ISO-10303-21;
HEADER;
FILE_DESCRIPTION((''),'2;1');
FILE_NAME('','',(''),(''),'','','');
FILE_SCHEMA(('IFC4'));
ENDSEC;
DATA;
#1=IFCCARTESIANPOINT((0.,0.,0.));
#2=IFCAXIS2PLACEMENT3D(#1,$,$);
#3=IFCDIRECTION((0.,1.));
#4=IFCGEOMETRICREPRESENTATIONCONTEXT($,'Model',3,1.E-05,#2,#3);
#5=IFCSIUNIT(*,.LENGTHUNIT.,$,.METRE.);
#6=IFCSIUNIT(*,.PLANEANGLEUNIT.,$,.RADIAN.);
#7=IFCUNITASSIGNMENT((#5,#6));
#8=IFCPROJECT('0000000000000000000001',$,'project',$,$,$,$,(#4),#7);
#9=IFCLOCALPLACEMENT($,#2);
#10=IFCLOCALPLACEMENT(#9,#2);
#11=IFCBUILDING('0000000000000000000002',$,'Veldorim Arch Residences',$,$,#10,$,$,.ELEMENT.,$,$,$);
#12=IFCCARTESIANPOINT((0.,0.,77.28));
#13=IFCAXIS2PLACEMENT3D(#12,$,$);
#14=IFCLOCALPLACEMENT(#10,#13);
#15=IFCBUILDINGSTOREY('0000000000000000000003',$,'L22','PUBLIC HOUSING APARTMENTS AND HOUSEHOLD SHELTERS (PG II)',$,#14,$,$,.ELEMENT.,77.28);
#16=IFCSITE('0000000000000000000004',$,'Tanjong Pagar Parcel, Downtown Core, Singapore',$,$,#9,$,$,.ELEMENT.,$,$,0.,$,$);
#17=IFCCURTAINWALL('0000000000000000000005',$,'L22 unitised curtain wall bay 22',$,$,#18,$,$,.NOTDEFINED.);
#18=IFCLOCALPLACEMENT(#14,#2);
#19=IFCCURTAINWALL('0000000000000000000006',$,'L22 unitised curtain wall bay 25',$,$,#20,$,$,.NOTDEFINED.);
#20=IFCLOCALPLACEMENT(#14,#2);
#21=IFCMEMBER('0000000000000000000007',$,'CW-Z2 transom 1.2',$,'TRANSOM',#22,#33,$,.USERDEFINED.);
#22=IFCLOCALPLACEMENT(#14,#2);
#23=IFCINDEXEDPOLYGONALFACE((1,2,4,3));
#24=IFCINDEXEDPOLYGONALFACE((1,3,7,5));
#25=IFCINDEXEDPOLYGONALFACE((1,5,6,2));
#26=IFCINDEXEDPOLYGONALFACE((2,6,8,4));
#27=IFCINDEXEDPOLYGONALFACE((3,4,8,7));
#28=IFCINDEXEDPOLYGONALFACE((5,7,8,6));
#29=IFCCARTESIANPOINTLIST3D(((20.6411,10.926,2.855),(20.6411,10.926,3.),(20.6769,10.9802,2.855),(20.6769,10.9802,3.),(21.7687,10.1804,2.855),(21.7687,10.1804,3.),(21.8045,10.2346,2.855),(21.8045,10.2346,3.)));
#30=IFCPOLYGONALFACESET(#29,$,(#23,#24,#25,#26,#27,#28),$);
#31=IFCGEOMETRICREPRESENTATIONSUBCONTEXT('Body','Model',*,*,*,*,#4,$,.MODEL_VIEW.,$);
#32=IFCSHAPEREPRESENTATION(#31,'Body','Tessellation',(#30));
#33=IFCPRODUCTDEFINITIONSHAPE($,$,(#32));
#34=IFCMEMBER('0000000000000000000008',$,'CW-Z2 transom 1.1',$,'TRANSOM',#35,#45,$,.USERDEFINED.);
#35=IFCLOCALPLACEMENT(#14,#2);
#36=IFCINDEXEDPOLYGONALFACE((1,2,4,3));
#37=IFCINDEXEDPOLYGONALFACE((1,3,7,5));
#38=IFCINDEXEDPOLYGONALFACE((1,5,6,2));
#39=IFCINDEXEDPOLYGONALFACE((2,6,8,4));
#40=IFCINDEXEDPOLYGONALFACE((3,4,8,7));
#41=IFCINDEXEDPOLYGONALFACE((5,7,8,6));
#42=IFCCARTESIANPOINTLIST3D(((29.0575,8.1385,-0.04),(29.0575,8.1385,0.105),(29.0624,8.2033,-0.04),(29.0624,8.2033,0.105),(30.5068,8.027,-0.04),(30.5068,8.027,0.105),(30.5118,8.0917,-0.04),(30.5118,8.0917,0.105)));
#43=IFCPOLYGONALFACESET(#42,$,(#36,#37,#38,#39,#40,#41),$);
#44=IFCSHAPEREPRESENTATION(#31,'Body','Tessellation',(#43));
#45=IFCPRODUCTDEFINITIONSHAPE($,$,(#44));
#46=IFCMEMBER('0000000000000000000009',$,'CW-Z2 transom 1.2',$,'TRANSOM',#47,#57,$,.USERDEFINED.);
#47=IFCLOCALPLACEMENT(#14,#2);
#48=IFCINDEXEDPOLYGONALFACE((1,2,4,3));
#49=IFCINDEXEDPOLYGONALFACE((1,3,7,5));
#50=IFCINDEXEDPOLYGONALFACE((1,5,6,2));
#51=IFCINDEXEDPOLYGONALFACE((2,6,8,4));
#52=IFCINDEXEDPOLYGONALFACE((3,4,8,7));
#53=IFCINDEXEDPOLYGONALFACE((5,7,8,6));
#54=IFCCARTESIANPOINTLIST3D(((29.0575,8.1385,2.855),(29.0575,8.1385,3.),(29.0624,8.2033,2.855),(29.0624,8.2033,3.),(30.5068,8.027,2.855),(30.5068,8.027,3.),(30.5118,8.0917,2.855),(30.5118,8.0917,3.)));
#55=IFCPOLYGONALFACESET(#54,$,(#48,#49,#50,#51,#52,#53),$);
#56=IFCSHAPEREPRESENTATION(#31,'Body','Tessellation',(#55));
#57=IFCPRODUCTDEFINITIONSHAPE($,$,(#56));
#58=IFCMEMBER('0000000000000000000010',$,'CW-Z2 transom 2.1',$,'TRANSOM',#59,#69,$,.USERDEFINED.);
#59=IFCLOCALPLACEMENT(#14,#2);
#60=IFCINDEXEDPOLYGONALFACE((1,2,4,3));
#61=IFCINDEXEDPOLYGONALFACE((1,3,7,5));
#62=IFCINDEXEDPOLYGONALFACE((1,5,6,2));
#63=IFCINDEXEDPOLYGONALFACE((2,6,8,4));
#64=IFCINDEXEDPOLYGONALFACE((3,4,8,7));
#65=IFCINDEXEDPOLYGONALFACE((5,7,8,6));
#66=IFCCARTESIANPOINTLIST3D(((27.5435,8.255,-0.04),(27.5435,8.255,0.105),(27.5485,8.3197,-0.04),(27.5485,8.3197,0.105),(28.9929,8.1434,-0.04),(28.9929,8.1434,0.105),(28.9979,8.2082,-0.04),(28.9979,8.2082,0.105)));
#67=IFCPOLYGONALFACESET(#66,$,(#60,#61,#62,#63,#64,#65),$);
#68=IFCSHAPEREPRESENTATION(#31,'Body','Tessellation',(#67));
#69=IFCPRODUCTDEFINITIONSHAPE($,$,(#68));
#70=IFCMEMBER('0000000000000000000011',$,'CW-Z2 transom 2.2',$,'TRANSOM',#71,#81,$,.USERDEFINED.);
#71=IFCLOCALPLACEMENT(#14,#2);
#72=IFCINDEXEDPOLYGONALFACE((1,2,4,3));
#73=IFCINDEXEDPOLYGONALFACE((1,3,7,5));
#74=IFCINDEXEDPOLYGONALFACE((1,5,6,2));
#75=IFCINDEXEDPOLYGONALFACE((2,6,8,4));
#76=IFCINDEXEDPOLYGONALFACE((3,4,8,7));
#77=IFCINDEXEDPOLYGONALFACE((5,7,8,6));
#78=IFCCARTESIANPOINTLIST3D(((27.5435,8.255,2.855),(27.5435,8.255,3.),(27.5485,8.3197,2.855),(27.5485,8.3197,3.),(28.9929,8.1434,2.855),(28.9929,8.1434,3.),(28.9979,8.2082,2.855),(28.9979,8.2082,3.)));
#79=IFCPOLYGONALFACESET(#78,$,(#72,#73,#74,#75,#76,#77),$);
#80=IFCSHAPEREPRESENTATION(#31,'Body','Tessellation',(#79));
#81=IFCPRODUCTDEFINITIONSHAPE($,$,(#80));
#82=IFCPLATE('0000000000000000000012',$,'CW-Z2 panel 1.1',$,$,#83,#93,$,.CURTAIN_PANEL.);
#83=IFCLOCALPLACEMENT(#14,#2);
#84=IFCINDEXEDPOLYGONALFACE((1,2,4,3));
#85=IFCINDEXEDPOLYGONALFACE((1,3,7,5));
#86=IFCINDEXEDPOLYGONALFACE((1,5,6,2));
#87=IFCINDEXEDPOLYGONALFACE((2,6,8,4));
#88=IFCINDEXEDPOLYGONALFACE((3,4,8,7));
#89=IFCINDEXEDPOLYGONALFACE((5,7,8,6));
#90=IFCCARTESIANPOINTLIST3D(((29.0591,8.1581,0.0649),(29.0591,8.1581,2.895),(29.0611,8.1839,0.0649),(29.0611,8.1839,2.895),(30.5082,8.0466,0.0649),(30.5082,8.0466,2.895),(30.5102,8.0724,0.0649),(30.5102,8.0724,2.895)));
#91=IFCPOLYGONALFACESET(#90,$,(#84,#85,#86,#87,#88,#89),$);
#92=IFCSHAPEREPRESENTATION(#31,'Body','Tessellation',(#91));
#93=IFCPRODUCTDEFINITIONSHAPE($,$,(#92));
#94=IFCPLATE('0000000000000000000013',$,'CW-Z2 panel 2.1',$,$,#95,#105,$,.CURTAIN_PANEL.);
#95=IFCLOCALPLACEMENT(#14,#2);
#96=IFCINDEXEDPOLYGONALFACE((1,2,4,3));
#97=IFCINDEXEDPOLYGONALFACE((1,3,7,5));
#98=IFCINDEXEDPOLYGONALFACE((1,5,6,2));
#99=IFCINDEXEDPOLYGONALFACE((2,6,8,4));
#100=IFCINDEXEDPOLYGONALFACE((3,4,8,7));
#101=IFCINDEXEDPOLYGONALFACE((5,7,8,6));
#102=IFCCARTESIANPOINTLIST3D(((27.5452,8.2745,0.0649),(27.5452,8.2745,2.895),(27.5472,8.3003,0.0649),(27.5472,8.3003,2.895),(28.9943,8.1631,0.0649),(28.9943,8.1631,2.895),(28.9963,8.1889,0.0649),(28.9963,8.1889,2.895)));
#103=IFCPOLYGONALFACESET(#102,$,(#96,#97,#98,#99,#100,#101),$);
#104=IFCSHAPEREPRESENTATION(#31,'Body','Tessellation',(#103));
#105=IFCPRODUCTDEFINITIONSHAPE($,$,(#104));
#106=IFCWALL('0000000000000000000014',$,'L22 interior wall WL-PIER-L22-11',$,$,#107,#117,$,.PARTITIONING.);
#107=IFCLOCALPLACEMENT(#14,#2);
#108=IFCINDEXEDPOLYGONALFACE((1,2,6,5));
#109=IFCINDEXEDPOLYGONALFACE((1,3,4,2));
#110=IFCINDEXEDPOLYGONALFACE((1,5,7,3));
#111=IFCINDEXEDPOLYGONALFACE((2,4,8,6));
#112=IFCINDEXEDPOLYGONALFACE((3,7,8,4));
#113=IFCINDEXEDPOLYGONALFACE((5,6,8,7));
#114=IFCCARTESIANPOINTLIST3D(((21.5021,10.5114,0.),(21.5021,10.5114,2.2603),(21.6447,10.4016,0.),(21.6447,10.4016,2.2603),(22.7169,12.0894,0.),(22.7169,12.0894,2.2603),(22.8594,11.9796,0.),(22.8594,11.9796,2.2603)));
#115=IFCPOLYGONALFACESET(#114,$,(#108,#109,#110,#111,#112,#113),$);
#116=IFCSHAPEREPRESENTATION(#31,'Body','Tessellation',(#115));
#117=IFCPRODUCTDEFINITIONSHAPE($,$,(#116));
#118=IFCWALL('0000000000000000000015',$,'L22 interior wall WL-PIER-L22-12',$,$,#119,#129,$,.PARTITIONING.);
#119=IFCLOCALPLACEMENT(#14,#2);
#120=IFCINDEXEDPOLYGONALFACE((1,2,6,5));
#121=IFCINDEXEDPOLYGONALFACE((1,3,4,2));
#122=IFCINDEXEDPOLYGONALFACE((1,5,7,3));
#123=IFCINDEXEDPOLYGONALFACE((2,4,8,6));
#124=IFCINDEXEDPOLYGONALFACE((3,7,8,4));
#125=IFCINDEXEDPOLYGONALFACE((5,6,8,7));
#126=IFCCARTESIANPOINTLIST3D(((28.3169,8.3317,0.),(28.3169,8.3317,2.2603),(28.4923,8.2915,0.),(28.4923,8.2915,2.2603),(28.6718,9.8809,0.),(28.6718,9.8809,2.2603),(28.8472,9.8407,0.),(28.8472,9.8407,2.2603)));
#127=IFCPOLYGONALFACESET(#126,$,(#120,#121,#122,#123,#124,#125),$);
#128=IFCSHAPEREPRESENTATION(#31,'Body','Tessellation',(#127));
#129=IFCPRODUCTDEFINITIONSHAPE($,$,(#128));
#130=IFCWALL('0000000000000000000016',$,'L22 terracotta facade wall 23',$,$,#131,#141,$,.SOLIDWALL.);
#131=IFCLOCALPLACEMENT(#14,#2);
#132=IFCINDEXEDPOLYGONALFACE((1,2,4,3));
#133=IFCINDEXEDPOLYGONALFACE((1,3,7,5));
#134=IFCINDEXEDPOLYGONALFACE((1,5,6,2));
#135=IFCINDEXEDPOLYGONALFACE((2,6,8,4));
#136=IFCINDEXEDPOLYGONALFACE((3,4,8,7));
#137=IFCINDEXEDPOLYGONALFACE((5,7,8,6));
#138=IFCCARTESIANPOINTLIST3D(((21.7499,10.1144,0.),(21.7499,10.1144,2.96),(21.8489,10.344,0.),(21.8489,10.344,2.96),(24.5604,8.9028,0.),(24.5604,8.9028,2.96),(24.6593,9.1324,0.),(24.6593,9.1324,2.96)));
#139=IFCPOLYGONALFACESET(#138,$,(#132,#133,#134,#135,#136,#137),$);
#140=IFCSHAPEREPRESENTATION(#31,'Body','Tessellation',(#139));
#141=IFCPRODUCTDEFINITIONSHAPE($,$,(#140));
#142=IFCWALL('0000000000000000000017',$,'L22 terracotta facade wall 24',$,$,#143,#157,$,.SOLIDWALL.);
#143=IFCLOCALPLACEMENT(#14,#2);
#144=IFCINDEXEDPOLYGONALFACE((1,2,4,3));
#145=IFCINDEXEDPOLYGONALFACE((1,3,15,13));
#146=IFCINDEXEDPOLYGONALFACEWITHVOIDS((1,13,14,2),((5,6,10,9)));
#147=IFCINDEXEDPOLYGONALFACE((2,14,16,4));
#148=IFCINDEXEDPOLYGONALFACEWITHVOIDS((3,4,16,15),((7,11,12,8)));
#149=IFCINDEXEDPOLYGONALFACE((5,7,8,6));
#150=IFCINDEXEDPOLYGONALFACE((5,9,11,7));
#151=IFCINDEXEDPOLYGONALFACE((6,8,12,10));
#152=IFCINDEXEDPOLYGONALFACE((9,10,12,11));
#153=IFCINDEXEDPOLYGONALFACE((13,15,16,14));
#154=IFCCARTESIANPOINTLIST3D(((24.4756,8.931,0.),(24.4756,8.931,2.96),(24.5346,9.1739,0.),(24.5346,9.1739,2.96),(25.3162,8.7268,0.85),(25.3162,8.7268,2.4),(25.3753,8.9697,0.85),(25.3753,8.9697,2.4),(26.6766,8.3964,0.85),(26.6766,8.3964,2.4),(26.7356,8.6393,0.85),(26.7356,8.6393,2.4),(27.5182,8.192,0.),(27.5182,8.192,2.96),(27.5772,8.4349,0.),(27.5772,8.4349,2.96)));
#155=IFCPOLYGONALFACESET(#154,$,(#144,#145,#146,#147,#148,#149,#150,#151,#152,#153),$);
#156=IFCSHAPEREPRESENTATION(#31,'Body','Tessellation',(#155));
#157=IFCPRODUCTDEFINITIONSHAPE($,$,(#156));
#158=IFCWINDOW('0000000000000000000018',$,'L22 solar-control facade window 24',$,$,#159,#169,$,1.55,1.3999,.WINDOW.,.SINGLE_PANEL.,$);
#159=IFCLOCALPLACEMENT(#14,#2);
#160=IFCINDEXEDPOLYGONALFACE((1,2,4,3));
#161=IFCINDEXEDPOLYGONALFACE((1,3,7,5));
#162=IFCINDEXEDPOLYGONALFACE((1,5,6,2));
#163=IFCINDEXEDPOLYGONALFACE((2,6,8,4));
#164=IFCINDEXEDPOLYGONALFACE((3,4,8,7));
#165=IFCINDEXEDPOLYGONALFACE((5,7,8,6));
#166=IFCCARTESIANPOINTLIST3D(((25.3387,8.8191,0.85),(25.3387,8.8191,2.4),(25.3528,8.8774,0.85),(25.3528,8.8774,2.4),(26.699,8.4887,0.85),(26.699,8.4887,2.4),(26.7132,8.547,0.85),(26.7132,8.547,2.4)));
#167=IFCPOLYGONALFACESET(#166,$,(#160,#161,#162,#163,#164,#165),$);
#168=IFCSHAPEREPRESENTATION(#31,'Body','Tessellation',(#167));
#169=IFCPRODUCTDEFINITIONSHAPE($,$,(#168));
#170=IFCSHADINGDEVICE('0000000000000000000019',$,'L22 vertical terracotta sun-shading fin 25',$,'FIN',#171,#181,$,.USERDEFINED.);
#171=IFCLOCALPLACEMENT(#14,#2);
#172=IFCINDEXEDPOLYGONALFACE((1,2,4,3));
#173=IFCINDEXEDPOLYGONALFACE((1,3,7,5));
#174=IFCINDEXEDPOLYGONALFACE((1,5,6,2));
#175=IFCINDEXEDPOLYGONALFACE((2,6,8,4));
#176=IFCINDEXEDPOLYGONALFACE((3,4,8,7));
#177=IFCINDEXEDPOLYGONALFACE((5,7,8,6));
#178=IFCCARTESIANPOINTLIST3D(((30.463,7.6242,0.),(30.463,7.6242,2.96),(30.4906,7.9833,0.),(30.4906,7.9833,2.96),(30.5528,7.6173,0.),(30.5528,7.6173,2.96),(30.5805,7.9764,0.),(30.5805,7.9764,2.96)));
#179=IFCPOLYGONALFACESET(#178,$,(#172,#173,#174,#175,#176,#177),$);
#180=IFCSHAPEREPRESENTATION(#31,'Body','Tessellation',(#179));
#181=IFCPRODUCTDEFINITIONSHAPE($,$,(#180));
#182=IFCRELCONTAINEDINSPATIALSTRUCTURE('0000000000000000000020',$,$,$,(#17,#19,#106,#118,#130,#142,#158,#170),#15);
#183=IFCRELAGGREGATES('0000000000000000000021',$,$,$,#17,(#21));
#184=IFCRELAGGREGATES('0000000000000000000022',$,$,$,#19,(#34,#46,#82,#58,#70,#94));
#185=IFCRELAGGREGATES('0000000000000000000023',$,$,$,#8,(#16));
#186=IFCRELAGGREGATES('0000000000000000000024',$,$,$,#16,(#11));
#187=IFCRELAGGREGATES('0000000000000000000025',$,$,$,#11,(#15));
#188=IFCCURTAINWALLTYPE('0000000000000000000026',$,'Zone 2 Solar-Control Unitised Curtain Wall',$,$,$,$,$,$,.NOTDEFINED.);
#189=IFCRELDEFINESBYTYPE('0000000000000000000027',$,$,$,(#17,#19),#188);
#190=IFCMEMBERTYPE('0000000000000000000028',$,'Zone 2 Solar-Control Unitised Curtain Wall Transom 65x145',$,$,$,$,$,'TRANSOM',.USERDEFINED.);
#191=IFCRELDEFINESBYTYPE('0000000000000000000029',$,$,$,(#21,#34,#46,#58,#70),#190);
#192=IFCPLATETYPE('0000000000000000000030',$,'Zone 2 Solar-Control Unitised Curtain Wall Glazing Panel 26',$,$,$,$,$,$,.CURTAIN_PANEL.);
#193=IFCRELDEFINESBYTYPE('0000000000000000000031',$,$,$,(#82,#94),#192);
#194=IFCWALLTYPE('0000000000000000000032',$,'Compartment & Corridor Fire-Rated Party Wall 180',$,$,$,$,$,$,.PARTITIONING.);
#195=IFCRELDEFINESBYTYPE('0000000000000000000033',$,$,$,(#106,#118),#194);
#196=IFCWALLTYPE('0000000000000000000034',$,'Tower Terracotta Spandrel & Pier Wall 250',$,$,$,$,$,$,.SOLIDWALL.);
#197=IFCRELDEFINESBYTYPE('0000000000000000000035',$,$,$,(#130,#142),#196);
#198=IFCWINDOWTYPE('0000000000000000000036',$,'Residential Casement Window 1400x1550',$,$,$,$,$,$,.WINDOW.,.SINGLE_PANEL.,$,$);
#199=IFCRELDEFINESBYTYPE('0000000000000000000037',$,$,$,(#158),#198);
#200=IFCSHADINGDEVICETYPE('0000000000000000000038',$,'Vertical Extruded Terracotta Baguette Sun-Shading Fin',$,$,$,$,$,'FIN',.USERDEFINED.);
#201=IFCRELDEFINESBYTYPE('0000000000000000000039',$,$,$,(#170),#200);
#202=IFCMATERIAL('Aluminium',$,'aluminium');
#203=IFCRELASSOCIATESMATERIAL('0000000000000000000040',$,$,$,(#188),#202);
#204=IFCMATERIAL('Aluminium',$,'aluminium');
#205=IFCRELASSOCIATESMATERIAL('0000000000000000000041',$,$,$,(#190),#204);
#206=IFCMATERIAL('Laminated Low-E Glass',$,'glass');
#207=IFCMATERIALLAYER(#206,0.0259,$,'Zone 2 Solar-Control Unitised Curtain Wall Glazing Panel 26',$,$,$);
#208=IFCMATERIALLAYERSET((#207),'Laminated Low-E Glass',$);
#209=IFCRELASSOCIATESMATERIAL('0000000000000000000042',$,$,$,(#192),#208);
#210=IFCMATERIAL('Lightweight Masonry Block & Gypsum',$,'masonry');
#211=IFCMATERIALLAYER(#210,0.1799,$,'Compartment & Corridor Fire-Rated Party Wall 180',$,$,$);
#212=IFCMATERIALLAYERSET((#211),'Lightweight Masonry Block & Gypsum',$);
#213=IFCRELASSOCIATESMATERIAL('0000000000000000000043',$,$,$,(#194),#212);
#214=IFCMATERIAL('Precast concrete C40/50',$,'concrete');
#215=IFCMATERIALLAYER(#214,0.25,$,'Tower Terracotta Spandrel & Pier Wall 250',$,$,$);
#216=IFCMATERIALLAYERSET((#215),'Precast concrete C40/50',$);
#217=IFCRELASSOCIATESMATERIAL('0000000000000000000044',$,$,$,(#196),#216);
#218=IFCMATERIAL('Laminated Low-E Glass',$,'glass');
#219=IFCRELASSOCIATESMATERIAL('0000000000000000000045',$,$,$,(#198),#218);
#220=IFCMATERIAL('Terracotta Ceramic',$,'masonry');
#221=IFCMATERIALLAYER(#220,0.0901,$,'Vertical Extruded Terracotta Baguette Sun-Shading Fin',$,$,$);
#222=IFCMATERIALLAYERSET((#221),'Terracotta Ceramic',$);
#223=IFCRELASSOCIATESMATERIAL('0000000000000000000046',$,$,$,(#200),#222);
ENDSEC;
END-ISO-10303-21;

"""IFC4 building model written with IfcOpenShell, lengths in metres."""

from ifc_helpers import new_model, si_unit, direction, frame, frame_2d, origin, origin_2d, place, context, subcontext, project, spatial, rectangle, extrude, material, layer, layer_set, material_profile, profile_set, type_object, element, fill, aggregate, save


model = new_model("IFC4")

# Units and contexts
model_context = context("Model", 3, precision=1e-05, world=origin(), true_north=direction((0.0, 1.0)))
body_context = subcontext(model_context, "Body", "Model", "MODEL_VIEW")
ifc_project = project(units=[si_unit("LENGTHUNIT", "METRE"), si_unit("PLANEANGLEUNIT", "RADIAN")], contexts=[model_context])

# Site, building, storey
site_placement = place(None, origin())
site = spatial("IfcSite", under=ifc_project, at=site_placement, Name="Tanjong Pagar Parcel, Downtown Core, Singapore", CompositionType="ELEMENT", RefElevation=0.0)
building_placement = place(site_placement, origin())
building = spatial("IfcBuilding", under=site, at=building_placement, Name="Veldorim Arch Residences", CompositionType="ELEMENT")
storey_placement = place(building_placement, frame((0.0, 0.0, 77.28)))
storey = spatial("IfcBuildingStorey", under=building, at=storey_placement, Name="L22", Description="PUBLIC HOUSING APARTMENTS AND HOUSEHOLD SHELTERS (PG II)", CompositionType="ELEMENT", Elevation=77.28)

# Curtain wall
ifc_material_1 = material(Name="Aluminium", Category="aluminium")
curtain_wall_type = type_object("IfcCurtainWallType", Name="Zone 2 Solar-Control Unitised Curtain Wall", PredefinedType="NOTDEFINED", material=ifc_material_1)
curtain_wall_1_placement = place(storey_placement, origin())
curtain_wall_1 = element("IfcCurtainWall", 1, at=curtain_wall_1_placement, inside=storey, type_object=curtain_wall_type, Name="L22 unitised curtain wall bay 22", PredefinedType="NOTDEFINED")

# Curtain wall
curtain_wall_2_placement = place(storey_placement, origin())
curtain_wall_2 = element("IfcCurtainWall", 2, at=curtain_wall_2_placement, inside=storey, type_object=curtain_wall_type, Name="L22 unitised curtain wall bay 25", PredefinedType="NOTDEFINED")

# Members
ifc_material_2 = material(Name="Aluminium", Category="aluminium")
ifc_material_profile_1 = material_profile(ifc_material_2, rectangle(XDim=0.0649, YDim=0.145, at=origin_2d()), Name="ALU_TRN_65x145")
ifc_profile_set_1 = profile_set([ifc_material_profile_1], Name="Aluminium")
member_type_1 = type_object("IfcMemberType", Name="Zone 2 Solar-Control Unitised Curtain Wall Transom 65x145", ElementType="TRANSOM", PredefinedType="USERDEFINED", material=ifc_profile_set_1)
member_1_placement = place(storey_placement, frame((21.7866, 10.2075, 2.9275), z_axis=(-0.834156, 0.551529, 0.0), x_axis=(-0.551529, -0.834156, 0.0)))
member_1 = element("IfcMember", 3, at=member_1_placement, type_object=member_type_1, Name="CW-Z2 transom 1.2", ObjectType="TRANSOM", PredefinedType="USERDEFINED", context=body_context, shape_type="SweptSolid", body=[
    extrude(rectangle(XDim=0.0649, YDim=0.145, at=origin_2d()), origin(), (0.0, 0.0, 1.0), 1.3518),
])
aggregate(curtain_wall_1, [member_1])
member_2_placement = place(storey_placement, frame((30.5093, 8.0593, 0.0325), z_axis=(-0.99705, 0.076761, 0.0), x_axis=(-0.076761, -0.99705, 0.0)))
member_2 = element("IfcMember", 4, at=member_2_placement, type_object=member_type_1, Name="CW-Z2 transom 1.1", ObjectType="TRANSOM", PredefinedType="USERDEFINED", context=body_context, shape_type="SweptSolid", body=[
    extrude(rectangle(XDim=0.0649, YDim=0.145, at=origin_2d()), origin(), (0.0, 0.0, 1.0), 1.4536),
])
member_3_placement = place(storey_placement, frame((30.5093, 8.0593, 2.9275), z_axis=(-0.99705, 0.076761, 0.0), x_axis=(-0.076761, -0.99705, 0.0)))
member_3 = element("IfcMember", 5, at=member_3_placement, type_object=member_type_1, Name="CW-Z2 transom 1.2", ObjectType="TRANSOM", PredefinedType="USERDEFINED", context=body_context, shape_type="SweptSolid", body=[
    extrude(rectangle(XDim=0.0649, YDim=0.145, at=origin_2d()), origin(), (0.0, 0.0, 1.0), 1.4536),
])
member_4_placement = place(storey_placement, frame((28.9954, 8.1758, 0.0325), z_axis=(-0.99705, 0.076761, 0.0), x_axis=(-0.076761, -0.99705, 0.0)))
member_4 = element("IfcMember", 6, at=member_4_placement, type_object=member_type_1, Name="CW-Z2 transom 2.1", ObjectType="TRANSOM", PredefinedType="USERDEFINED", context=body_context, shape_type="SweptSolid", body=[
    extrude(rectangle(XDim=0.0649, YDim=0.145, at=origin_2d()), origin(), (0.0, 0.0, 1.0), 1.4536),
])
member_5_placement = place(storey_placement, frame((28.9954, 8.1758, 2.9275), z_axis=(-0.99705, 0.076761, 0.0), x_axis=(-0.076761, -0.99705, 0.0)))
member_5 = element("IfcMember", 7, at=member_5_placement, type_object=member_type_1, Name="CW-Z2 transom 2.2", ObjectType="TRANSOM", PredefinedType="USERDEFINED", context=body_context, shape_type="SweptSolid", body=[
    extrude(rectangle(XDim=0.0649, YDim=0.145, at=origin_2d()), origin(), (0.0, 0.0, 1.0), 1.4536),
])

# Plates
ifc_material_3 = material(Name="Laminated Low-E Glass", Category="glass")
ifc_layer_1 = layer(ifc_material_3, 0.0259, Name="Zone 2 Solar-Control Unitised Curtain Wall Glazing Panel 26")
ifc_layer_set_1 = layer_set([ifc_layer_1], Name="Laminated Low-E Glass")
plate_type = type_object("IfcPlateType", Name="Zone 2 Solar-Control Unitised Curtain Wall Glazing Panel 26", PredefinedType="CURTAIN_PANEL", material=ifc_layer_set_1)
plate_1_placement = place(storey_placement, frame((29.7847, 8.1152, 0.0649), z_axis=(0.0, 0.0, 1.0), x_axis=(-0.997054, 0.076696, 0.0)))
plate_1 = element("IfcPlate", 8, at=plate_1_placement, type_object=plate_type, Name="CW-Z2 panel 1.1", PredefinedType="CURTAIN_PANEL", context=body_context, shape_type="SweptSolid", body=[
    extrude(rectangle(XDim=1.4534, YDim=0.0259, at=origin_2d()), origin(), (0.0, 0.0, 1.0), 2.8301),
])
plate_2_placement = place(storey_placement, frame((28.2708, 8.2317, 0.0649), z_axis=(0.0, 0.0, 1.0), x_axis=(-0.997054, 0.076696, 0.0)))
plate_2 = element("IfcPlate", 9, at=plate_2_placement, type_object=plate_type, Name="CW-Z2 panel 2.1", PredefinedType="CURTAIN_PANEL", context=body_context, shape_type="SweptSolid", body=[
    extrude(rectangle(XDim=1.4534, YDim=0.0259, at=origin_2d()), origin(), (0.0, 0.0, 1.0), 2.8301),
])
aggregate(curtain_wall_2, [member_2, member_3, plate_1, member_4, member_5, plate_2])

# Walls
ifc_material_4 = material(Name="Lightweight Masonry Block & Gypsum", Category="masonry")
ifc_layer_2 = layer(ifc_material_4, 0.1799, Name="Compartment & Corridor Fire-Rated Party Wall 180")
ifc_layer_set_2 = layer_set([ifc_layer_2], Name="Lightweight Masonry Block & Gypsum")
wall_type_1 = type_object("IfcWallType", Name="Compartment & Corridor Fire-Rated Party Wall 180", PredefinedType="PARTITIONING", material=ifc_layer_set_2)
wall_1_placement = place(storey_placement, frame((22.7881, 12.0344, 0.0), z_axis=(0.0, 0.0, 1.0), x_axis=(-0.609995, -0.792405, 0.0)))
element("IfcWall", 10, at=wall_1_placement, inside=storey, type_object=wall_type_1, Name="L22 interior wall WL-PIER-L22-11", PredefinedType="PARTITIONING", context=body_context, shape_type="SweptSolid", body=[
    extrude(rectangle(XDim=1.9915, YDim=0.1799, at=frame_2d((0.9956, 0.0))), origin(), (0.0, 0.0, 1.0), 2.2603),
])
wall_2_placement = place(storey_placement, frame((28.7595, 9.8608, 0.0), z_axis=(0.0, 0.0, 1.0), x_axis=(-0.223334, -0.974742, 0.0)))
element("IfcWall", 11, at=wall_2_placement, inside=storey, type_object=wall_type_1, Name="L22 interior wall WL-PIER-L22-12", PredefinedType="PARTITIONING", context=body_context, shape_type="SweptSolid", body=[
    extrude(rectangle(XDim=1.5894, YDim=0.1799, at=frame_2d((0.7947, 0.0))), origin(), (0.0, 0.0, 1.0), 2.2603),
])
ifc_material_5 = material(Name="Precast concrete C40/50", Category="concrete")
ifc_layer_3 = layer(ifc_material_5, 0.25, Name="Tower Terracotta Spandrel & Pier Wall 250")
ifc_layer_set_3 = layer_set([ifc_layer_3], Name="Precast concrete C40/50")
wall_type_2 = type_object("IfcWallType", Name="Tower Terracotta Spandrel & Pier Wall 250", PredefinedType="SOLIDWALL", material=ifc_layer_set_3)
wall_3_placement = place(storey_placement, frame((24.6099, 9.0176, 0.0), z_axis=(0.0, 0.0, 1.0), x_axis=(-0.918297, 0.395892, 0.0)))
element("IfcWall", 12, at=wall_3_placement, inside=storey, type_object=wall_type_2, Name="L22 terracotta facade wall 23", PredefinedType="SOLIDWALL", context=body_context, shape_type="SweptSolid", body=[
    extrude(rectangle(XDim=3.0605, YDim=0.25, at=frame_2d((1.5303, 0.0))), origin(), (0.0, 0.0, 1.0), 2.96),
])

# Wall, opening, window
wall_4_placement = place(storey_placement, frame((27.5476, 8.3135, 0.0), z_axis=(0.0, 0.0, 1.0), x_axis=(-0.971749, 0.236017, 0.0)))
wall_4 = element("IfcWall", 13, at=wall_4_placement, inside=storey, type_object=wall_type_2, Name="L22 terracotta facade wall 24", PredefinedType="SOLIDWALL", context=body_context, shape_type="SweptSolid", body=[
    extrude(rectangle(XDim=3.1311, YDim=0.25, at=frame_2d((1.5654, 0.0))), origin(), (0.0, 0.0, 1.0), 2.96),
])
opening_placement = place(wall_4_placement, frame((0.866, 0.0, 0.8501)))
opening = element("IfcOpeningElement", 14, at=opening_placement, cuts=wall_4, PredefinedType="OPENING", context=body_context, shape_type="SweptSolid", body=[
    extrude(rectangle(XDim=1.3999, YDim=1.55, at=frame_2d((0.7, 0.7749))), frame((0.0, 0.135, 0.0), z_axis=(0.0, -1.0, 0.0), x_axis=(1.0, 0.0, 0.0)), (0.0, 0.0, 1.0), 0.27),
])
ifc_material_6 = material(Name="Laminated Low-E Glass", Category="glass")
window_type = type_object("IfcWindowType", Name="Residential Casement Window 1400x1550", PartitioningType="SINGLE_PANEL", PredefinedType="WINDOW", material=ifc_material_6)
window_placement = place(opening_placement, origin())
window = element("IfcWindow", 15, at=window_placement, inside=storey, type_object=window_type, Name="L22 solar-control facade window 24", OverallHeight=1.55, OverallWidth=1.3999, PartitioningType="SINGLE_PANEL", PredefinedType="WINDOW", context=body_context, shape_type="SweptSolid", body=[
    extrude(rectangle(XDim=1.3999, YDim=1.55, at=frame_2d((0.7, 0.7749))), frame((0.0, 0.03, 0.0), z_axis=(0.0, -1.0, 0.0), x_axis=(1.0, 0.0, 0.0)), (0.0, 0.0, 1.0), 0.0601),
])
fill(opening, window)

# Shading device
ifc_material_7 = material(Name="Terracotta Ceramic", Category="masonry")
ifc_layer_4 = layer(ifc_material_7, 0.0901, Name="Vertical Extruded Terracotta Baguette Sun-Shading Fin")
ifc_layer_set_4 = layer_set([ifc_layer_4], Name="Terracotta Ceramic")
shading_device_type = type_object("IfcShadingDeviceType", Name="Vertical Extruded Terracotta Baguette Sun-Shading Fin", ElementType="FIN", PredefinedType="USERDEFINED", material=ifc_layer_set_4)
shading_device_placement = place(storey_placement, frame((30.5217, 7.8003, 0.0), z_axis=(0.0, 0.0, 1.0), x_axis=(-0.997053, 0.076719, 0.0)))
element("IfcShadingDevice", 16, at=shading_device_placement, inside=storey, type_object=shading_device_type, Name="L22 vertical terracotta sun-shading fin 25", ObjectType="FIN", PredefinedType="USERDEFINED", context=body_context, shape_type="SweptSolid", body=[
    extrude(rectangle(XDim=0.0901, YDim=0.3601, at=origin_2d()), origin(), (0.0, 0.0, 1.0), 2.96),
])

save(model, "model.ifc")
